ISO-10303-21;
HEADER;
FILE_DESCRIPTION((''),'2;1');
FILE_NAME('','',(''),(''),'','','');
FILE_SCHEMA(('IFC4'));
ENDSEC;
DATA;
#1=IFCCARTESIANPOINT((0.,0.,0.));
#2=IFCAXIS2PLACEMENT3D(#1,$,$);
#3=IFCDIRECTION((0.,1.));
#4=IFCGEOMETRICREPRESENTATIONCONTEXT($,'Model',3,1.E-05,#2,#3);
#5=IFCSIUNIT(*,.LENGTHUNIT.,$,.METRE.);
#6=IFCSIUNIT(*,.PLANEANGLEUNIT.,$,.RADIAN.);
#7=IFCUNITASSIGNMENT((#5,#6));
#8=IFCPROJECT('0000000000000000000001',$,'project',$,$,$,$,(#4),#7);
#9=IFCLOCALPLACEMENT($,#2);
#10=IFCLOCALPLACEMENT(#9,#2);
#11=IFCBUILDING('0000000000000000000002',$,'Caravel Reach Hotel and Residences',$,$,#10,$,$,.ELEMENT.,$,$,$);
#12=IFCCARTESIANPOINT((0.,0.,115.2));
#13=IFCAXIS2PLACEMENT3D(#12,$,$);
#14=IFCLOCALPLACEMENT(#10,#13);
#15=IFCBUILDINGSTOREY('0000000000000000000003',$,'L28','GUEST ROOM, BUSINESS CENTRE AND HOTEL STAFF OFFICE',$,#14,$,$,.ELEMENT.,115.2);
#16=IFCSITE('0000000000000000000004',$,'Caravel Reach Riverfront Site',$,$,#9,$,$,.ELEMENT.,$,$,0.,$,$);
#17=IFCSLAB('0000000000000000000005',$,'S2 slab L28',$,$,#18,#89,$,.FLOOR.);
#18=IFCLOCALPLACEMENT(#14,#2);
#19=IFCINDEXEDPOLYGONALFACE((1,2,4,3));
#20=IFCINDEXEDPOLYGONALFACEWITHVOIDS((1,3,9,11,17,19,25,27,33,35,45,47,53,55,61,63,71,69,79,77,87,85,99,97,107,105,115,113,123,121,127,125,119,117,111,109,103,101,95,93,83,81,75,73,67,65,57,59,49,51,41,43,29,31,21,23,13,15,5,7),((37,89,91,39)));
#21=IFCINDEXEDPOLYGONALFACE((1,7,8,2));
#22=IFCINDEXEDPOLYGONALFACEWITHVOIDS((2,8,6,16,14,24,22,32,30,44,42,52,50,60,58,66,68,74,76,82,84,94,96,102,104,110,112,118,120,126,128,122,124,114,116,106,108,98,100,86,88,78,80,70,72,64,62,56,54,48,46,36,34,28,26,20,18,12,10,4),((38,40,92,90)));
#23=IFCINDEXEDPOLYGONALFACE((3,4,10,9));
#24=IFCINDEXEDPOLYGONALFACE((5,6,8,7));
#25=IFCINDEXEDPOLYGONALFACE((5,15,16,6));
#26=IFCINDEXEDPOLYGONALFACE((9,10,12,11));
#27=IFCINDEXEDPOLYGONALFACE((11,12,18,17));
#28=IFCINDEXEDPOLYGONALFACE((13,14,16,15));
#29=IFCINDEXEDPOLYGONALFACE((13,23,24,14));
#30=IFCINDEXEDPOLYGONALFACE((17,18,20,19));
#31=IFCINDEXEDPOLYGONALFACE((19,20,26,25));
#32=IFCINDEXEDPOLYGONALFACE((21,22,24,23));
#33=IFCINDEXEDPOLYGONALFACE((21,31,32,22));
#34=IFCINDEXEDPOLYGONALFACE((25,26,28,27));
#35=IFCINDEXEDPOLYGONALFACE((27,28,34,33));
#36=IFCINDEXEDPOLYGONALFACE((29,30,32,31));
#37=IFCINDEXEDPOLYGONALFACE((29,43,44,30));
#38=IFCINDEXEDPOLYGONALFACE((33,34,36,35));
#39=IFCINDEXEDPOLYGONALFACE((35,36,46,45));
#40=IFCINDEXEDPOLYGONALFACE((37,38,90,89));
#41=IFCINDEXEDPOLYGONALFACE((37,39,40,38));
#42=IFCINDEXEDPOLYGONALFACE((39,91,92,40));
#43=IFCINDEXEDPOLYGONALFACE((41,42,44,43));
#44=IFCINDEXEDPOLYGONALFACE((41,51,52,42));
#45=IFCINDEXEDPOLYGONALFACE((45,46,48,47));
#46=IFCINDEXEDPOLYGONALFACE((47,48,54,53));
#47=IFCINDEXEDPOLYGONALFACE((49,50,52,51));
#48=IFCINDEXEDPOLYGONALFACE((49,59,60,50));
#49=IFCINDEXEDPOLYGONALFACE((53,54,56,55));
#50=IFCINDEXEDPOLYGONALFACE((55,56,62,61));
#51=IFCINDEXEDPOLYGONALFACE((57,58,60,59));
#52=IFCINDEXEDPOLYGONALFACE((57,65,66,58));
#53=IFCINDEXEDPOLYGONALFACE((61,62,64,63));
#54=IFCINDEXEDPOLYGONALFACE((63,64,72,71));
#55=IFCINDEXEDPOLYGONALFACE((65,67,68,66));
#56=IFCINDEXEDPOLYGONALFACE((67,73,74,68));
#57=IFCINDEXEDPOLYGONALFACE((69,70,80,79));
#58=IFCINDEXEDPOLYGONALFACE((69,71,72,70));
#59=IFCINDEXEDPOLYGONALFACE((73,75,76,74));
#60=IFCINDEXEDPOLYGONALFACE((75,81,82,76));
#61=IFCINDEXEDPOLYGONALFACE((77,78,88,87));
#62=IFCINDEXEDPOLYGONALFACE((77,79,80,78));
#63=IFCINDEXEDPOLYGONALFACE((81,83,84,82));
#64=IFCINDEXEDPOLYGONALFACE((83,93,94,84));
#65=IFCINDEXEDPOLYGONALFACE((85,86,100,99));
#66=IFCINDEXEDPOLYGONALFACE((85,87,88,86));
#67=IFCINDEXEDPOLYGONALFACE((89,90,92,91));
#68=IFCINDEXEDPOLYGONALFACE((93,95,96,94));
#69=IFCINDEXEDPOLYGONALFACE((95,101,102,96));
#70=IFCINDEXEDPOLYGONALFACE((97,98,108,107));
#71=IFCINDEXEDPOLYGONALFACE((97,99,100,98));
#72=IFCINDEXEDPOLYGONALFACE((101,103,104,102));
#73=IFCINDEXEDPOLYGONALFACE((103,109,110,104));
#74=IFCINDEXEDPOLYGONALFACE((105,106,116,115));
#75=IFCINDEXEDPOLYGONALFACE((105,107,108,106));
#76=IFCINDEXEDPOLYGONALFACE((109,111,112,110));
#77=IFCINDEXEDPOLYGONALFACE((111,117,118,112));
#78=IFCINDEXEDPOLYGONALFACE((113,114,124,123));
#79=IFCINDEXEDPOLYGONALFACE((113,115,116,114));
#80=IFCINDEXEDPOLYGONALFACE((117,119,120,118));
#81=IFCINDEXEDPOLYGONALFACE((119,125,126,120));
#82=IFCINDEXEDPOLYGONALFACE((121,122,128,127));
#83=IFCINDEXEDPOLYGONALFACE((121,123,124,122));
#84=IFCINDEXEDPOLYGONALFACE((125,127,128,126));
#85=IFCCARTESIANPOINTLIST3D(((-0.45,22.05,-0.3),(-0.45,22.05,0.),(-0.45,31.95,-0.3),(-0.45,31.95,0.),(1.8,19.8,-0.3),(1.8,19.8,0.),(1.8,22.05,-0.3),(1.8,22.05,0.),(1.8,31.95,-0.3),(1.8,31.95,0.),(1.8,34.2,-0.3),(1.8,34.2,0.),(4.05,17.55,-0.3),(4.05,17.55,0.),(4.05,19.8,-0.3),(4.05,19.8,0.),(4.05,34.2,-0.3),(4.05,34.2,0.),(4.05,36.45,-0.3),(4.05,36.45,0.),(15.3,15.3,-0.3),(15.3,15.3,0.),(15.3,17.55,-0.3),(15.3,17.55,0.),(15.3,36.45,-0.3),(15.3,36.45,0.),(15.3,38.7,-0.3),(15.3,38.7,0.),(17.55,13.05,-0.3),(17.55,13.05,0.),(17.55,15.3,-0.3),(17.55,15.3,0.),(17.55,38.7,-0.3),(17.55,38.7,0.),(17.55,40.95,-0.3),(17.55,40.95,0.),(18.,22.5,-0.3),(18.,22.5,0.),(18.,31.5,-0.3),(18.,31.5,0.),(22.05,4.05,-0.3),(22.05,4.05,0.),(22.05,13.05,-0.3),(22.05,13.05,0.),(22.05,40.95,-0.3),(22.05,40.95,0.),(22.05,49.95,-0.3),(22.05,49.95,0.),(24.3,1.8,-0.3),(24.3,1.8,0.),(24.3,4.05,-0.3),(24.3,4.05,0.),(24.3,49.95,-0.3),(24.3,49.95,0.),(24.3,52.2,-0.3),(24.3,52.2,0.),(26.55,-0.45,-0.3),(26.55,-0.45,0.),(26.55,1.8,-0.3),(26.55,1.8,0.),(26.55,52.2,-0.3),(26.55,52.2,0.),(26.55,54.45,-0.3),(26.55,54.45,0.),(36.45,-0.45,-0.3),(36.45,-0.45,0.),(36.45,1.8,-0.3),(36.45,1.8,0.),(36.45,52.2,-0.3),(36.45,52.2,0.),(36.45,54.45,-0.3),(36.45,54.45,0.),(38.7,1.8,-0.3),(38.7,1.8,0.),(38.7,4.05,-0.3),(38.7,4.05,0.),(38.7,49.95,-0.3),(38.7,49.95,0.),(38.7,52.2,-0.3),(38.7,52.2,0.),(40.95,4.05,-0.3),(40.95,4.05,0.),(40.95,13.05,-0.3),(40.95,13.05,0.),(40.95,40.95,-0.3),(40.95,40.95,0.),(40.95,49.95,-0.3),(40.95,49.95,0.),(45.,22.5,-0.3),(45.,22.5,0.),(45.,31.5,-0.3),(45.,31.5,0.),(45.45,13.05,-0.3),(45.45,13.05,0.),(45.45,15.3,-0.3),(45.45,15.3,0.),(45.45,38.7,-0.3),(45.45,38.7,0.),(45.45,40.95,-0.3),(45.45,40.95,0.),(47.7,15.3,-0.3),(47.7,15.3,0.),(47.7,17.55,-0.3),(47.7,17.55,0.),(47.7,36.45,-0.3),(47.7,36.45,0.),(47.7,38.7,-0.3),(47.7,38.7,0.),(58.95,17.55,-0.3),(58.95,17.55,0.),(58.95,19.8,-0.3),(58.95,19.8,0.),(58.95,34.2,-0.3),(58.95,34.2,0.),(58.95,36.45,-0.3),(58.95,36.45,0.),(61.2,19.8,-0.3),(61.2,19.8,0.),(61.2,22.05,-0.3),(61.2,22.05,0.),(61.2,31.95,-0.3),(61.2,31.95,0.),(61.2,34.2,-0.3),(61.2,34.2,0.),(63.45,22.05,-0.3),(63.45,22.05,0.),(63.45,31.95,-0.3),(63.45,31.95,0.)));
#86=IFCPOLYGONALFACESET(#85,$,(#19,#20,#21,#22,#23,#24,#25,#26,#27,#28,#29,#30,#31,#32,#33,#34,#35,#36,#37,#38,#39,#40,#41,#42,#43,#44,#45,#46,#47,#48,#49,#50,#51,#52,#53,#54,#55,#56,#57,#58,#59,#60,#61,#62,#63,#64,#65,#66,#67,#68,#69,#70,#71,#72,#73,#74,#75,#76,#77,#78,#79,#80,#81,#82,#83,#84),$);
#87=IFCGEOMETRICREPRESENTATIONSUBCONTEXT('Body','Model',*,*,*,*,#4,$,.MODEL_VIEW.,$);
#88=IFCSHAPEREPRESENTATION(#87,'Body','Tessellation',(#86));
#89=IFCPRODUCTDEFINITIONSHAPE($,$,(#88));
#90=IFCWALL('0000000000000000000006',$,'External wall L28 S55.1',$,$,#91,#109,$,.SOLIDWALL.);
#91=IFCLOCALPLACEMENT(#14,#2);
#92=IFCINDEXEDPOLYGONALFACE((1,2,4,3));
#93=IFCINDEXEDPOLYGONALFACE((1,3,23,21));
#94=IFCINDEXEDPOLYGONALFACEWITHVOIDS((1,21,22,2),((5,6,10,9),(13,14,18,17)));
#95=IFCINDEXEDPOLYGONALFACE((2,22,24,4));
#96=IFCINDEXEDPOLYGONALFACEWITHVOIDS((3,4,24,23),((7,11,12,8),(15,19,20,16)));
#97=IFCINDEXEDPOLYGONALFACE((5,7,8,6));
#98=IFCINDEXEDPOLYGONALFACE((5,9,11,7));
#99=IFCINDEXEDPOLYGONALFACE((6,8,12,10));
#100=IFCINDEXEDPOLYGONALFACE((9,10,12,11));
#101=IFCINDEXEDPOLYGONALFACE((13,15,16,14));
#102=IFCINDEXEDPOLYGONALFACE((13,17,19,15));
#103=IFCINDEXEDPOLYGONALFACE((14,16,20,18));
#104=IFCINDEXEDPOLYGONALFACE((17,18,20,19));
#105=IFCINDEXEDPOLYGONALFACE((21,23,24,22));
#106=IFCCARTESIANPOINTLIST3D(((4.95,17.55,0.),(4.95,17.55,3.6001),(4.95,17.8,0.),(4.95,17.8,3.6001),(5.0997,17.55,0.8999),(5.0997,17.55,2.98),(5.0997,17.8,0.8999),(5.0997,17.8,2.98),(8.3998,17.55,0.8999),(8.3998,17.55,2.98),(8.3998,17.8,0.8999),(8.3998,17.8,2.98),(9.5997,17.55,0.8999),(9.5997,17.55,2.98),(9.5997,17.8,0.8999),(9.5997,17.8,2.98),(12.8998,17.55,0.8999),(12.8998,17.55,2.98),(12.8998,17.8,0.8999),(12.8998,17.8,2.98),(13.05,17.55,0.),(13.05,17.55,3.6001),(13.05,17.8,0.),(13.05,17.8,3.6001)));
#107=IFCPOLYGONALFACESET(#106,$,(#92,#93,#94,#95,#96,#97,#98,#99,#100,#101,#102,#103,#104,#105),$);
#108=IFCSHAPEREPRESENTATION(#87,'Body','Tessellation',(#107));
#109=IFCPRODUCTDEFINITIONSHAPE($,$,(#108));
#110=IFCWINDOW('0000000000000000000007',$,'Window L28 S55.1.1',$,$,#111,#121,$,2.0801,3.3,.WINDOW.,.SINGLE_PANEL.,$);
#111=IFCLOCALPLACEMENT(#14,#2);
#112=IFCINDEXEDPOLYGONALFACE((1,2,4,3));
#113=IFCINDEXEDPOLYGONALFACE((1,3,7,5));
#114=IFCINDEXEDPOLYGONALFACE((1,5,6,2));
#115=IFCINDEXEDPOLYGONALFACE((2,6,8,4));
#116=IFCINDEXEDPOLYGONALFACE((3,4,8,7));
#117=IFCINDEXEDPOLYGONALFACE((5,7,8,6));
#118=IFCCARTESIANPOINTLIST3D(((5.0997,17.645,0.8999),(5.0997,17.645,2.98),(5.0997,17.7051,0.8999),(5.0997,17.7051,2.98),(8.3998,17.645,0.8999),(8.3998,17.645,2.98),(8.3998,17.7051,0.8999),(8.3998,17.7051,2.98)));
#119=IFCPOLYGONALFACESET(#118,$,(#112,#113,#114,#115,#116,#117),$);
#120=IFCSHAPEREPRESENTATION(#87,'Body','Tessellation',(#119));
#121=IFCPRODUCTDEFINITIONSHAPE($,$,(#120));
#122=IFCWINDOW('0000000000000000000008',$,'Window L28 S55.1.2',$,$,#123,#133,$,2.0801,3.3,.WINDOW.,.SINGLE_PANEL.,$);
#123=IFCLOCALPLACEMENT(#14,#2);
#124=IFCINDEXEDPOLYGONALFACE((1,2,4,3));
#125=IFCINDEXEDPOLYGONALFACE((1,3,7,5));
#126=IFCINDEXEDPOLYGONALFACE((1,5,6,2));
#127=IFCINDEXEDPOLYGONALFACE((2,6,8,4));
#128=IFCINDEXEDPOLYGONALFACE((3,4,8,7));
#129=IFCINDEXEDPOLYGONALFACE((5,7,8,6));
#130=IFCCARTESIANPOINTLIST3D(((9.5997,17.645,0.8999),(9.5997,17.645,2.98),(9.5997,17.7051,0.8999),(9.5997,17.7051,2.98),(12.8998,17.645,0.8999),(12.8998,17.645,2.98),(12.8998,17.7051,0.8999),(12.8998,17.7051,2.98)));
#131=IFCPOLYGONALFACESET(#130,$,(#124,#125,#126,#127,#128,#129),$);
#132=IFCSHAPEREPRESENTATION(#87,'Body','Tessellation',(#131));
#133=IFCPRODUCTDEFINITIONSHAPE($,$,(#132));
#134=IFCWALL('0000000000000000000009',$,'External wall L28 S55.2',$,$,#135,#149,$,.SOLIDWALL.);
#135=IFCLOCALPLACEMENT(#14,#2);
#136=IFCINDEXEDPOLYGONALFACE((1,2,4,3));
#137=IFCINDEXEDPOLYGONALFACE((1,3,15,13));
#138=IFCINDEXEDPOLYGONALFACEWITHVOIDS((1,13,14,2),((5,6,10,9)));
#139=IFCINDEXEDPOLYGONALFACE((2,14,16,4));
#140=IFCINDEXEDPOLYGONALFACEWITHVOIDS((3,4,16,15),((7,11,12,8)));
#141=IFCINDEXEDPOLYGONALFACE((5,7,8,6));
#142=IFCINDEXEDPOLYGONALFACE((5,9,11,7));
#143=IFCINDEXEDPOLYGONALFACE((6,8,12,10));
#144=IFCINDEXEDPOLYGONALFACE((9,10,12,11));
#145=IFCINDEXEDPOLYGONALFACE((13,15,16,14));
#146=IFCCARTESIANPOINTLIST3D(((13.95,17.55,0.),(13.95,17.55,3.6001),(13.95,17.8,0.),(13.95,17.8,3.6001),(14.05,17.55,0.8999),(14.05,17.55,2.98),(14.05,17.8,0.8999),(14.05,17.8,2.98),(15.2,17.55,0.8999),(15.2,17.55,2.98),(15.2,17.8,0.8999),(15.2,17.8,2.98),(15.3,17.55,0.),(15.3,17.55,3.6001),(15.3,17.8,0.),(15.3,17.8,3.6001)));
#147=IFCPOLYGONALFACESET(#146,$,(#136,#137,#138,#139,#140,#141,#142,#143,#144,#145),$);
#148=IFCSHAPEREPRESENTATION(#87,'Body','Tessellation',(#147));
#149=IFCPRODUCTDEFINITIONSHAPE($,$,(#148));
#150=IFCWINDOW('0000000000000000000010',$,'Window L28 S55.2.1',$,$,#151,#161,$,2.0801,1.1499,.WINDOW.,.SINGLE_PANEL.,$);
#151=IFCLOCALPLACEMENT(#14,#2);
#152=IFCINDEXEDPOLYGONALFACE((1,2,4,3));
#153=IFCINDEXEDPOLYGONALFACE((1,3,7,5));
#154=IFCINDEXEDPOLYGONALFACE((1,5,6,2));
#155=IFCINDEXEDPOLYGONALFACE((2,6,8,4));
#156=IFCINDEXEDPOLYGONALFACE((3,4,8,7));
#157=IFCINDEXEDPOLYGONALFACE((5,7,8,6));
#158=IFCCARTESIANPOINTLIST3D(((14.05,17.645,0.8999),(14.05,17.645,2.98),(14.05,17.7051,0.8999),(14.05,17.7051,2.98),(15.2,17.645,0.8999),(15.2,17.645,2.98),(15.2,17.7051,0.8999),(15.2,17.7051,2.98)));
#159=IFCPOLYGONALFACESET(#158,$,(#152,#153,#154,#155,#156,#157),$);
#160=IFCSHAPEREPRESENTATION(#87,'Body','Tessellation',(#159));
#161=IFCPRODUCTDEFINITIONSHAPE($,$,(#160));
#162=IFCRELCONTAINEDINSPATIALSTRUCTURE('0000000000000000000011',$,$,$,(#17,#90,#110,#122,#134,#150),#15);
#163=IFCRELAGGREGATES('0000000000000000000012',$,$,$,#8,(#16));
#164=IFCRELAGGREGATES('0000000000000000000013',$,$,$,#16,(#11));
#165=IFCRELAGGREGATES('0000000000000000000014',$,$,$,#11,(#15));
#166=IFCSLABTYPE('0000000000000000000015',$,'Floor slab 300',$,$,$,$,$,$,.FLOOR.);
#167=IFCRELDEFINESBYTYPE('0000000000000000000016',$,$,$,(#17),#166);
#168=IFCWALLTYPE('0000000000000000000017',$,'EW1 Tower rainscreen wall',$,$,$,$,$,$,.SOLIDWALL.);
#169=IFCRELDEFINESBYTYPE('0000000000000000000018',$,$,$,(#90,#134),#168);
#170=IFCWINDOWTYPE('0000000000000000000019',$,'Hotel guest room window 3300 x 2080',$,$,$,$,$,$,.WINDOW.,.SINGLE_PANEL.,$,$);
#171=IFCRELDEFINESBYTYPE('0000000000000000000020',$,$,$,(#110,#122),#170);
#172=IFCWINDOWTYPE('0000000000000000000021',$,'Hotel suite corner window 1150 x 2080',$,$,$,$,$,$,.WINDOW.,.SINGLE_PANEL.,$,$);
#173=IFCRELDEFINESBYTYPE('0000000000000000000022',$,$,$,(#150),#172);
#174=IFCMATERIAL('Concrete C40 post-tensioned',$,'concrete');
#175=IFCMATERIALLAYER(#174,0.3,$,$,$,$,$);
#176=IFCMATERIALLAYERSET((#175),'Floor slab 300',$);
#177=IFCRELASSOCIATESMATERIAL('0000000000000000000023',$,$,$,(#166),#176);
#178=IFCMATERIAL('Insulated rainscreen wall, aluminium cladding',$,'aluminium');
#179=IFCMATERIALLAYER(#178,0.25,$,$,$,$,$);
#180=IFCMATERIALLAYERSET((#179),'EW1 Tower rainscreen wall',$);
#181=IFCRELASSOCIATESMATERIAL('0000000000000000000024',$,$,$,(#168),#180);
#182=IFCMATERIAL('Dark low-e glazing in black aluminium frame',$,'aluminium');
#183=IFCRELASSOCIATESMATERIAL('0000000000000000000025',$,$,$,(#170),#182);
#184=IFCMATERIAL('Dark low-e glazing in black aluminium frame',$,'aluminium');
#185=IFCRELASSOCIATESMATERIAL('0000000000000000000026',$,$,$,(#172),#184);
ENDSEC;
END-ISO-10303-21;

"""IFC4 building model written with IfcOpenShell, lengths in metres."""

from ifc_helpers import new_model, si_unit, direction, frame, frame_2d, origin, place, context, subcontext, project, spatial, polyline, rectangle, outline, extrude, material, layer, layer_set, type_object, element, fill, save


model = new_model("IFC4")

# Units and contexts
model_context = context("Model", 3, precision=1e-05, world=origin(), true_north=direction((0.0, 1.0)))
body_context = subcontext(model_context, "Body", "Model", "MODEL_VIEW")
ifc_project = project(units=[si_unit("LENGTHUNIT", "METRE"), si_unit("PLANEANGLEUNIT", "RADIAN")], contexts=[model_context])

# Site, building, storey
site_placement = place(None, origin())
site = spatial("IfcSite", under=ifc_project, at=site_placement, Name="Caravel Reach Riverfront Site", CompositionType="ELEMENT", RefElevation=0.0)
building_placement = place(site_placement, origin())
building = spatial("IfcBuilding", under=site, at=building_placement, Name="Caravel Reach Hotel and Residences", CompositionType="ELEMENT")
storey_placement = place(building_placement, frame((0.0, 0.0, 115.2)))
storey = spatial("IfcBuildingStorey", under=building, at=storey_placement, Name="L28", Description="GUEST ROOM, BUSINESS CENTRE AND HOTEL STAFF OFFICE", CompositionType="ELEMENT", Elevation=115.2)

# Slab
ifc_material_1 = material(Name="Concrete C40 post-tensioned", Category="concrete")
ifc_layer_1 = layer(ifc_material_1, 0.3)
ifc_layer_set_1 = layer_set([ifc_layer_1], Name="Floor slab 300")
slab_type_1 = type_object("IfcSlabType", Name="Floor slab 300", PredefinedType="FLOOR", material=ifc_layer_set_1)
slab_1_placement = place(storey_placement, frame((0.0, 0.0, -0.3)))
element("IfcSlab", 1, at=slab_1_placement, inside=storey, type_object=slab_type_1, Name="S2 slab L28", PredefinedType="FLOOR", context=body_context, shape_type="SweptSolid", body=[
    extrude(outline(polyline([(17.55, 13.05), (17.55, 15.3), (15.3, 15.3), (15.3, 17.55), (4.05, 17.55), (4.05, 19.8), (1.8, 19.8), (1.8, 22.05), (-0.45, 22.05), (-0.45, 31.95), (1.8, 31.95), (1.8, 34.2), (4.05, 34.2), (4.05, 36.45), (15.3, 36.45), (15.3, 38.7), (17.55, 38.7), (17.55, 40.95), (22.05, 40.95), (22.05, 49.95), (24.3, 49.95), (24.3, 52.2), (26.55, 52.2), (26.55, 54.45), (36.45, 54.45), (36.45, 52.2), (38.7, 52.2), (38.7, 49.95), (40.95, 49.95), (40.95, 40.95), (45.45, 40.95), (45.45, 38.7), (47.7, 38.7), (47.7, 36.45), (58.95, 36.45), (58.95, 34.2), (61.2, 34.2), (61.2, 31.95), (63.45, 31.95), (63.45, 22.05), (61.2, 22.05), (61.2, 19.8), (58.95, 19.8), (58.95, 17.55), (47.7, 17.55), (47.7, 15.3), (45.45, 15.3), (45.45, 13.05), (40.95, 13.05), (40.95, 4.05), (38.7, 4.05), (38.7, 1.8), (36.45, 1.8), (36.45, -0.45), (26.55, -0.45), (26.55, 1.8), (24.3, 1.8), (24.3, 4.05), (22.05, 4.05), (22.05, 13.05), (17.55, 13.05)]), holes=[polyline([(45.0, 31.5), (18.0, 31.5), (18.0, 22.5), (45.0, 22.5), (45.0, 31.5)])]), origin(), (0.0, 0.0, 1.0), 0.3),
])

# Wall, openings, windows
ifc_material_2 = material(Name="Insulated rainscreen wall, aluminium cladding", Category="aluminium")
ifc_layer_2 = layer(ifc_material_2, 0.25)
ifc_layer_set_2 = layer_set([ifc_layer_2], Name="EW1 Tower rainscreen wall")
wall_type_1 = type_object("IfcWallType", Name="EW1 Tower rainscreen wall", PredefinedType="SOLIDWALL", material=ifc_layer_set_2)
wall_1_placement = place(storey_placement, frame((4.95, 17.675, 0.0), z_axis=(0.0, 0.0, 1.0), x_axis=(1.0, 0.0, 0.0)))
wall_1 = element("IfcWall", 2, at=wall_1_placement, inside=storey, type_object=wall_type_1, Name="External wall L28 S55.1", PredefinedType="SOLIDWALL", context=body_context, shape_type="SweptSolid", body=[
    extrude(rectangle(XDim=8.1001, YDim=0.25, at=frame_2d((4.05, 0.0))), origin(), (0.0, 0.0, 1.0), 3.6001),
])
opening_1_placement = place(wall_1_placement, frame((0.1499, 0.0, 0.8999)))
opening_1 = element("IfcOpeningElement", 3, at=opening_1_placement, cuts=wall_1, PredefinedType="OPENING", context=body_context, shape_type="SweptSolid", body=[
    extrude(rectangle(XDim=3.3, YDim=2.0801, at=frame_2d((1.6499, 1.04))), frame((0.0, 0.135, 0.0), z_axis=(0.0, -1.0, 0.0), x_axis=(1.0, 0.0, 0.0)), (0.0, 0.0, 1.0), 0.27),
])
opening_2_placement = place(wall_1_placement, frame((4.6499, 0.0, 0.8999)))
opening_2 = element("IfcOpeningElement", 4, at=opening_2_placement, cuts=wall_1, PredefinedType="OPENING", context=body_context, shape_type="SweptSolid", body=[
    extrude(rectangle(XDim=3.3, YDim=2.0801, at=frame_2d((1.6499, 1.04))), frame((0.0, 0.135, 0.0), z_axis=(0.0, -1.0, 0.0), x_axis=(1.0, 0.0, 0.0)), (0.0, 0.0, 1.0), 0.27),
])
ifc_material_3 = material(Name="Dark low-e glazing in black aluminium frame", Category="aluminium")
window_type_1 = type_object("IfcWindowType", Name="Hotel guest room window 3300 x 2080", PartitioningType="SINGLE_PANEL", PredefinedType="WINDOW", material=ifc_material_3)
window_1_placement = place(opening_1_placement, origin())
window_1 = element("IfcWindow", 5, at=window_1_placement, inside=storey, type_object=window_type_1, Name="Window L28 S55.1.1", OverallHeight=2.0801, OverallWidth=3.3, PartitioningType="SINGLE_PANEL", PredefinedType="WINDOW", context=body_context, shape_type="SweptSolid", body=[
    extrude(rectangle(XDim=3.3, YDim=2.0801, at=frame_2d((1.6499, 1.04))), frame((0.0, 0.03, 0.0), z_axis=(0.0, -1.0, 0.0), x_axis=(1.0, 0.0, 0.0)), (0.0, 0.0, 1.0), 0.0601),
])
fill(opening_1, window_1)
window_2_placement = place(opening_2_placement, origin())
window_2 = element("IfcWindow", 6, at=window_2_placement, inside=storey, type_object=window_type_1, Name="Window L28 S55.1.2", OverallHeight=2.0801, OverallWidth=3.3, PartitioningType="SINGLE_PANEL", PredefinedType="WINDOW", context=body_context, shape_type="SweptSolid", body=[
    extrude(rectangle(XDim=3.3, YDim=2.0801, at=frame_2d((1.6499, 1.04))), frame((0.0, 0.03, 0.0), z_axis=(0.0, -1.0, 0.0), x_axis=(1.0, 0.0, 0.0)), (0.0, 0.0, 1.0), 0.0601),
])
fill(opening_2, window_2)

# Wall, opening, window
wall_2_placement = place(storey_placement, frame((13.95, 17.675, 0.0), z_axis=(0.0, 0.0, 1.0), x_axis=(1.0, 0.0, 0.0)))
wall_2 = element("IfcWall", 7, at=wall_2_placement, inside=storey, type_object=wall_type_1, Name="External wall L28 S55.2", PredefinedType="SOLIDWALL", context=body_context, shape_type="SweptSolid", body=[
    extrude(rectangle(XDim=1.3501, YDim=0.25, at=frame_2d((0.675, 0.0))), origin(), (0.0, 0.0, 1.0), 3.6001),
])
opening_3_placement = place(wall_2_placement, frame((0.1001, 0.0, 0.8999)))
opening_3 = element("IfcOpeningElement", 8, at=opening_3_placement, cuts=wall_2, PredefinedType="OPENING", context=body_context, shape_type="SweptSolid", body=[
    extrude(rectangle(XDim=1.1499, YDim=2.0801, at=frame_2d((0.575, 1.04))), frame((0.0, 0.135, 0.0), z_axis=(0.0, -1.0, 0.0), x_axis=(1.0, 0.0, 0.0)), (0.0, 0.0, 1.0), 0.27),
])
ifc_material_4 = material(Name="Dark low-e glazing in black aluminium frame", Category="aluminium")
window_type_2 = type_object("IfcWindowType", Name="Hotel suite corner window 1150 x 2080", PartitioningType="SINGLE_PANEL", PredefinedType="WINDOW", material=ifc_material_4)
window_3_placement = place(opening_3_placement, origin())
window_3 = element("IfcWindow", 9, at=window_3_placement, inside=storey, type_object=window_type_2, Name="Window L28 S55.2.1", OverallHeight=2.0801, OverallWidth=1.1499, PartitioningType="SINGLE_PANEL", PredefinedType="WINDOW", context=body_context, shape_type="SweptSolid", body=[
    extrude(rectangle(XDim=1.1499, YDim=2.0801, at=frame_2d((0.575, 1.04))), frame((0.0, 0.03, 0.0), z_axis=(0.0, -1.0, 0.0), x_axis=(1.0, 0.0, 0.0)), (0.0, 0.0, 1.0), 0.0601),
])
fill(opening_3, window_3)

save(model, "model.ifc")
